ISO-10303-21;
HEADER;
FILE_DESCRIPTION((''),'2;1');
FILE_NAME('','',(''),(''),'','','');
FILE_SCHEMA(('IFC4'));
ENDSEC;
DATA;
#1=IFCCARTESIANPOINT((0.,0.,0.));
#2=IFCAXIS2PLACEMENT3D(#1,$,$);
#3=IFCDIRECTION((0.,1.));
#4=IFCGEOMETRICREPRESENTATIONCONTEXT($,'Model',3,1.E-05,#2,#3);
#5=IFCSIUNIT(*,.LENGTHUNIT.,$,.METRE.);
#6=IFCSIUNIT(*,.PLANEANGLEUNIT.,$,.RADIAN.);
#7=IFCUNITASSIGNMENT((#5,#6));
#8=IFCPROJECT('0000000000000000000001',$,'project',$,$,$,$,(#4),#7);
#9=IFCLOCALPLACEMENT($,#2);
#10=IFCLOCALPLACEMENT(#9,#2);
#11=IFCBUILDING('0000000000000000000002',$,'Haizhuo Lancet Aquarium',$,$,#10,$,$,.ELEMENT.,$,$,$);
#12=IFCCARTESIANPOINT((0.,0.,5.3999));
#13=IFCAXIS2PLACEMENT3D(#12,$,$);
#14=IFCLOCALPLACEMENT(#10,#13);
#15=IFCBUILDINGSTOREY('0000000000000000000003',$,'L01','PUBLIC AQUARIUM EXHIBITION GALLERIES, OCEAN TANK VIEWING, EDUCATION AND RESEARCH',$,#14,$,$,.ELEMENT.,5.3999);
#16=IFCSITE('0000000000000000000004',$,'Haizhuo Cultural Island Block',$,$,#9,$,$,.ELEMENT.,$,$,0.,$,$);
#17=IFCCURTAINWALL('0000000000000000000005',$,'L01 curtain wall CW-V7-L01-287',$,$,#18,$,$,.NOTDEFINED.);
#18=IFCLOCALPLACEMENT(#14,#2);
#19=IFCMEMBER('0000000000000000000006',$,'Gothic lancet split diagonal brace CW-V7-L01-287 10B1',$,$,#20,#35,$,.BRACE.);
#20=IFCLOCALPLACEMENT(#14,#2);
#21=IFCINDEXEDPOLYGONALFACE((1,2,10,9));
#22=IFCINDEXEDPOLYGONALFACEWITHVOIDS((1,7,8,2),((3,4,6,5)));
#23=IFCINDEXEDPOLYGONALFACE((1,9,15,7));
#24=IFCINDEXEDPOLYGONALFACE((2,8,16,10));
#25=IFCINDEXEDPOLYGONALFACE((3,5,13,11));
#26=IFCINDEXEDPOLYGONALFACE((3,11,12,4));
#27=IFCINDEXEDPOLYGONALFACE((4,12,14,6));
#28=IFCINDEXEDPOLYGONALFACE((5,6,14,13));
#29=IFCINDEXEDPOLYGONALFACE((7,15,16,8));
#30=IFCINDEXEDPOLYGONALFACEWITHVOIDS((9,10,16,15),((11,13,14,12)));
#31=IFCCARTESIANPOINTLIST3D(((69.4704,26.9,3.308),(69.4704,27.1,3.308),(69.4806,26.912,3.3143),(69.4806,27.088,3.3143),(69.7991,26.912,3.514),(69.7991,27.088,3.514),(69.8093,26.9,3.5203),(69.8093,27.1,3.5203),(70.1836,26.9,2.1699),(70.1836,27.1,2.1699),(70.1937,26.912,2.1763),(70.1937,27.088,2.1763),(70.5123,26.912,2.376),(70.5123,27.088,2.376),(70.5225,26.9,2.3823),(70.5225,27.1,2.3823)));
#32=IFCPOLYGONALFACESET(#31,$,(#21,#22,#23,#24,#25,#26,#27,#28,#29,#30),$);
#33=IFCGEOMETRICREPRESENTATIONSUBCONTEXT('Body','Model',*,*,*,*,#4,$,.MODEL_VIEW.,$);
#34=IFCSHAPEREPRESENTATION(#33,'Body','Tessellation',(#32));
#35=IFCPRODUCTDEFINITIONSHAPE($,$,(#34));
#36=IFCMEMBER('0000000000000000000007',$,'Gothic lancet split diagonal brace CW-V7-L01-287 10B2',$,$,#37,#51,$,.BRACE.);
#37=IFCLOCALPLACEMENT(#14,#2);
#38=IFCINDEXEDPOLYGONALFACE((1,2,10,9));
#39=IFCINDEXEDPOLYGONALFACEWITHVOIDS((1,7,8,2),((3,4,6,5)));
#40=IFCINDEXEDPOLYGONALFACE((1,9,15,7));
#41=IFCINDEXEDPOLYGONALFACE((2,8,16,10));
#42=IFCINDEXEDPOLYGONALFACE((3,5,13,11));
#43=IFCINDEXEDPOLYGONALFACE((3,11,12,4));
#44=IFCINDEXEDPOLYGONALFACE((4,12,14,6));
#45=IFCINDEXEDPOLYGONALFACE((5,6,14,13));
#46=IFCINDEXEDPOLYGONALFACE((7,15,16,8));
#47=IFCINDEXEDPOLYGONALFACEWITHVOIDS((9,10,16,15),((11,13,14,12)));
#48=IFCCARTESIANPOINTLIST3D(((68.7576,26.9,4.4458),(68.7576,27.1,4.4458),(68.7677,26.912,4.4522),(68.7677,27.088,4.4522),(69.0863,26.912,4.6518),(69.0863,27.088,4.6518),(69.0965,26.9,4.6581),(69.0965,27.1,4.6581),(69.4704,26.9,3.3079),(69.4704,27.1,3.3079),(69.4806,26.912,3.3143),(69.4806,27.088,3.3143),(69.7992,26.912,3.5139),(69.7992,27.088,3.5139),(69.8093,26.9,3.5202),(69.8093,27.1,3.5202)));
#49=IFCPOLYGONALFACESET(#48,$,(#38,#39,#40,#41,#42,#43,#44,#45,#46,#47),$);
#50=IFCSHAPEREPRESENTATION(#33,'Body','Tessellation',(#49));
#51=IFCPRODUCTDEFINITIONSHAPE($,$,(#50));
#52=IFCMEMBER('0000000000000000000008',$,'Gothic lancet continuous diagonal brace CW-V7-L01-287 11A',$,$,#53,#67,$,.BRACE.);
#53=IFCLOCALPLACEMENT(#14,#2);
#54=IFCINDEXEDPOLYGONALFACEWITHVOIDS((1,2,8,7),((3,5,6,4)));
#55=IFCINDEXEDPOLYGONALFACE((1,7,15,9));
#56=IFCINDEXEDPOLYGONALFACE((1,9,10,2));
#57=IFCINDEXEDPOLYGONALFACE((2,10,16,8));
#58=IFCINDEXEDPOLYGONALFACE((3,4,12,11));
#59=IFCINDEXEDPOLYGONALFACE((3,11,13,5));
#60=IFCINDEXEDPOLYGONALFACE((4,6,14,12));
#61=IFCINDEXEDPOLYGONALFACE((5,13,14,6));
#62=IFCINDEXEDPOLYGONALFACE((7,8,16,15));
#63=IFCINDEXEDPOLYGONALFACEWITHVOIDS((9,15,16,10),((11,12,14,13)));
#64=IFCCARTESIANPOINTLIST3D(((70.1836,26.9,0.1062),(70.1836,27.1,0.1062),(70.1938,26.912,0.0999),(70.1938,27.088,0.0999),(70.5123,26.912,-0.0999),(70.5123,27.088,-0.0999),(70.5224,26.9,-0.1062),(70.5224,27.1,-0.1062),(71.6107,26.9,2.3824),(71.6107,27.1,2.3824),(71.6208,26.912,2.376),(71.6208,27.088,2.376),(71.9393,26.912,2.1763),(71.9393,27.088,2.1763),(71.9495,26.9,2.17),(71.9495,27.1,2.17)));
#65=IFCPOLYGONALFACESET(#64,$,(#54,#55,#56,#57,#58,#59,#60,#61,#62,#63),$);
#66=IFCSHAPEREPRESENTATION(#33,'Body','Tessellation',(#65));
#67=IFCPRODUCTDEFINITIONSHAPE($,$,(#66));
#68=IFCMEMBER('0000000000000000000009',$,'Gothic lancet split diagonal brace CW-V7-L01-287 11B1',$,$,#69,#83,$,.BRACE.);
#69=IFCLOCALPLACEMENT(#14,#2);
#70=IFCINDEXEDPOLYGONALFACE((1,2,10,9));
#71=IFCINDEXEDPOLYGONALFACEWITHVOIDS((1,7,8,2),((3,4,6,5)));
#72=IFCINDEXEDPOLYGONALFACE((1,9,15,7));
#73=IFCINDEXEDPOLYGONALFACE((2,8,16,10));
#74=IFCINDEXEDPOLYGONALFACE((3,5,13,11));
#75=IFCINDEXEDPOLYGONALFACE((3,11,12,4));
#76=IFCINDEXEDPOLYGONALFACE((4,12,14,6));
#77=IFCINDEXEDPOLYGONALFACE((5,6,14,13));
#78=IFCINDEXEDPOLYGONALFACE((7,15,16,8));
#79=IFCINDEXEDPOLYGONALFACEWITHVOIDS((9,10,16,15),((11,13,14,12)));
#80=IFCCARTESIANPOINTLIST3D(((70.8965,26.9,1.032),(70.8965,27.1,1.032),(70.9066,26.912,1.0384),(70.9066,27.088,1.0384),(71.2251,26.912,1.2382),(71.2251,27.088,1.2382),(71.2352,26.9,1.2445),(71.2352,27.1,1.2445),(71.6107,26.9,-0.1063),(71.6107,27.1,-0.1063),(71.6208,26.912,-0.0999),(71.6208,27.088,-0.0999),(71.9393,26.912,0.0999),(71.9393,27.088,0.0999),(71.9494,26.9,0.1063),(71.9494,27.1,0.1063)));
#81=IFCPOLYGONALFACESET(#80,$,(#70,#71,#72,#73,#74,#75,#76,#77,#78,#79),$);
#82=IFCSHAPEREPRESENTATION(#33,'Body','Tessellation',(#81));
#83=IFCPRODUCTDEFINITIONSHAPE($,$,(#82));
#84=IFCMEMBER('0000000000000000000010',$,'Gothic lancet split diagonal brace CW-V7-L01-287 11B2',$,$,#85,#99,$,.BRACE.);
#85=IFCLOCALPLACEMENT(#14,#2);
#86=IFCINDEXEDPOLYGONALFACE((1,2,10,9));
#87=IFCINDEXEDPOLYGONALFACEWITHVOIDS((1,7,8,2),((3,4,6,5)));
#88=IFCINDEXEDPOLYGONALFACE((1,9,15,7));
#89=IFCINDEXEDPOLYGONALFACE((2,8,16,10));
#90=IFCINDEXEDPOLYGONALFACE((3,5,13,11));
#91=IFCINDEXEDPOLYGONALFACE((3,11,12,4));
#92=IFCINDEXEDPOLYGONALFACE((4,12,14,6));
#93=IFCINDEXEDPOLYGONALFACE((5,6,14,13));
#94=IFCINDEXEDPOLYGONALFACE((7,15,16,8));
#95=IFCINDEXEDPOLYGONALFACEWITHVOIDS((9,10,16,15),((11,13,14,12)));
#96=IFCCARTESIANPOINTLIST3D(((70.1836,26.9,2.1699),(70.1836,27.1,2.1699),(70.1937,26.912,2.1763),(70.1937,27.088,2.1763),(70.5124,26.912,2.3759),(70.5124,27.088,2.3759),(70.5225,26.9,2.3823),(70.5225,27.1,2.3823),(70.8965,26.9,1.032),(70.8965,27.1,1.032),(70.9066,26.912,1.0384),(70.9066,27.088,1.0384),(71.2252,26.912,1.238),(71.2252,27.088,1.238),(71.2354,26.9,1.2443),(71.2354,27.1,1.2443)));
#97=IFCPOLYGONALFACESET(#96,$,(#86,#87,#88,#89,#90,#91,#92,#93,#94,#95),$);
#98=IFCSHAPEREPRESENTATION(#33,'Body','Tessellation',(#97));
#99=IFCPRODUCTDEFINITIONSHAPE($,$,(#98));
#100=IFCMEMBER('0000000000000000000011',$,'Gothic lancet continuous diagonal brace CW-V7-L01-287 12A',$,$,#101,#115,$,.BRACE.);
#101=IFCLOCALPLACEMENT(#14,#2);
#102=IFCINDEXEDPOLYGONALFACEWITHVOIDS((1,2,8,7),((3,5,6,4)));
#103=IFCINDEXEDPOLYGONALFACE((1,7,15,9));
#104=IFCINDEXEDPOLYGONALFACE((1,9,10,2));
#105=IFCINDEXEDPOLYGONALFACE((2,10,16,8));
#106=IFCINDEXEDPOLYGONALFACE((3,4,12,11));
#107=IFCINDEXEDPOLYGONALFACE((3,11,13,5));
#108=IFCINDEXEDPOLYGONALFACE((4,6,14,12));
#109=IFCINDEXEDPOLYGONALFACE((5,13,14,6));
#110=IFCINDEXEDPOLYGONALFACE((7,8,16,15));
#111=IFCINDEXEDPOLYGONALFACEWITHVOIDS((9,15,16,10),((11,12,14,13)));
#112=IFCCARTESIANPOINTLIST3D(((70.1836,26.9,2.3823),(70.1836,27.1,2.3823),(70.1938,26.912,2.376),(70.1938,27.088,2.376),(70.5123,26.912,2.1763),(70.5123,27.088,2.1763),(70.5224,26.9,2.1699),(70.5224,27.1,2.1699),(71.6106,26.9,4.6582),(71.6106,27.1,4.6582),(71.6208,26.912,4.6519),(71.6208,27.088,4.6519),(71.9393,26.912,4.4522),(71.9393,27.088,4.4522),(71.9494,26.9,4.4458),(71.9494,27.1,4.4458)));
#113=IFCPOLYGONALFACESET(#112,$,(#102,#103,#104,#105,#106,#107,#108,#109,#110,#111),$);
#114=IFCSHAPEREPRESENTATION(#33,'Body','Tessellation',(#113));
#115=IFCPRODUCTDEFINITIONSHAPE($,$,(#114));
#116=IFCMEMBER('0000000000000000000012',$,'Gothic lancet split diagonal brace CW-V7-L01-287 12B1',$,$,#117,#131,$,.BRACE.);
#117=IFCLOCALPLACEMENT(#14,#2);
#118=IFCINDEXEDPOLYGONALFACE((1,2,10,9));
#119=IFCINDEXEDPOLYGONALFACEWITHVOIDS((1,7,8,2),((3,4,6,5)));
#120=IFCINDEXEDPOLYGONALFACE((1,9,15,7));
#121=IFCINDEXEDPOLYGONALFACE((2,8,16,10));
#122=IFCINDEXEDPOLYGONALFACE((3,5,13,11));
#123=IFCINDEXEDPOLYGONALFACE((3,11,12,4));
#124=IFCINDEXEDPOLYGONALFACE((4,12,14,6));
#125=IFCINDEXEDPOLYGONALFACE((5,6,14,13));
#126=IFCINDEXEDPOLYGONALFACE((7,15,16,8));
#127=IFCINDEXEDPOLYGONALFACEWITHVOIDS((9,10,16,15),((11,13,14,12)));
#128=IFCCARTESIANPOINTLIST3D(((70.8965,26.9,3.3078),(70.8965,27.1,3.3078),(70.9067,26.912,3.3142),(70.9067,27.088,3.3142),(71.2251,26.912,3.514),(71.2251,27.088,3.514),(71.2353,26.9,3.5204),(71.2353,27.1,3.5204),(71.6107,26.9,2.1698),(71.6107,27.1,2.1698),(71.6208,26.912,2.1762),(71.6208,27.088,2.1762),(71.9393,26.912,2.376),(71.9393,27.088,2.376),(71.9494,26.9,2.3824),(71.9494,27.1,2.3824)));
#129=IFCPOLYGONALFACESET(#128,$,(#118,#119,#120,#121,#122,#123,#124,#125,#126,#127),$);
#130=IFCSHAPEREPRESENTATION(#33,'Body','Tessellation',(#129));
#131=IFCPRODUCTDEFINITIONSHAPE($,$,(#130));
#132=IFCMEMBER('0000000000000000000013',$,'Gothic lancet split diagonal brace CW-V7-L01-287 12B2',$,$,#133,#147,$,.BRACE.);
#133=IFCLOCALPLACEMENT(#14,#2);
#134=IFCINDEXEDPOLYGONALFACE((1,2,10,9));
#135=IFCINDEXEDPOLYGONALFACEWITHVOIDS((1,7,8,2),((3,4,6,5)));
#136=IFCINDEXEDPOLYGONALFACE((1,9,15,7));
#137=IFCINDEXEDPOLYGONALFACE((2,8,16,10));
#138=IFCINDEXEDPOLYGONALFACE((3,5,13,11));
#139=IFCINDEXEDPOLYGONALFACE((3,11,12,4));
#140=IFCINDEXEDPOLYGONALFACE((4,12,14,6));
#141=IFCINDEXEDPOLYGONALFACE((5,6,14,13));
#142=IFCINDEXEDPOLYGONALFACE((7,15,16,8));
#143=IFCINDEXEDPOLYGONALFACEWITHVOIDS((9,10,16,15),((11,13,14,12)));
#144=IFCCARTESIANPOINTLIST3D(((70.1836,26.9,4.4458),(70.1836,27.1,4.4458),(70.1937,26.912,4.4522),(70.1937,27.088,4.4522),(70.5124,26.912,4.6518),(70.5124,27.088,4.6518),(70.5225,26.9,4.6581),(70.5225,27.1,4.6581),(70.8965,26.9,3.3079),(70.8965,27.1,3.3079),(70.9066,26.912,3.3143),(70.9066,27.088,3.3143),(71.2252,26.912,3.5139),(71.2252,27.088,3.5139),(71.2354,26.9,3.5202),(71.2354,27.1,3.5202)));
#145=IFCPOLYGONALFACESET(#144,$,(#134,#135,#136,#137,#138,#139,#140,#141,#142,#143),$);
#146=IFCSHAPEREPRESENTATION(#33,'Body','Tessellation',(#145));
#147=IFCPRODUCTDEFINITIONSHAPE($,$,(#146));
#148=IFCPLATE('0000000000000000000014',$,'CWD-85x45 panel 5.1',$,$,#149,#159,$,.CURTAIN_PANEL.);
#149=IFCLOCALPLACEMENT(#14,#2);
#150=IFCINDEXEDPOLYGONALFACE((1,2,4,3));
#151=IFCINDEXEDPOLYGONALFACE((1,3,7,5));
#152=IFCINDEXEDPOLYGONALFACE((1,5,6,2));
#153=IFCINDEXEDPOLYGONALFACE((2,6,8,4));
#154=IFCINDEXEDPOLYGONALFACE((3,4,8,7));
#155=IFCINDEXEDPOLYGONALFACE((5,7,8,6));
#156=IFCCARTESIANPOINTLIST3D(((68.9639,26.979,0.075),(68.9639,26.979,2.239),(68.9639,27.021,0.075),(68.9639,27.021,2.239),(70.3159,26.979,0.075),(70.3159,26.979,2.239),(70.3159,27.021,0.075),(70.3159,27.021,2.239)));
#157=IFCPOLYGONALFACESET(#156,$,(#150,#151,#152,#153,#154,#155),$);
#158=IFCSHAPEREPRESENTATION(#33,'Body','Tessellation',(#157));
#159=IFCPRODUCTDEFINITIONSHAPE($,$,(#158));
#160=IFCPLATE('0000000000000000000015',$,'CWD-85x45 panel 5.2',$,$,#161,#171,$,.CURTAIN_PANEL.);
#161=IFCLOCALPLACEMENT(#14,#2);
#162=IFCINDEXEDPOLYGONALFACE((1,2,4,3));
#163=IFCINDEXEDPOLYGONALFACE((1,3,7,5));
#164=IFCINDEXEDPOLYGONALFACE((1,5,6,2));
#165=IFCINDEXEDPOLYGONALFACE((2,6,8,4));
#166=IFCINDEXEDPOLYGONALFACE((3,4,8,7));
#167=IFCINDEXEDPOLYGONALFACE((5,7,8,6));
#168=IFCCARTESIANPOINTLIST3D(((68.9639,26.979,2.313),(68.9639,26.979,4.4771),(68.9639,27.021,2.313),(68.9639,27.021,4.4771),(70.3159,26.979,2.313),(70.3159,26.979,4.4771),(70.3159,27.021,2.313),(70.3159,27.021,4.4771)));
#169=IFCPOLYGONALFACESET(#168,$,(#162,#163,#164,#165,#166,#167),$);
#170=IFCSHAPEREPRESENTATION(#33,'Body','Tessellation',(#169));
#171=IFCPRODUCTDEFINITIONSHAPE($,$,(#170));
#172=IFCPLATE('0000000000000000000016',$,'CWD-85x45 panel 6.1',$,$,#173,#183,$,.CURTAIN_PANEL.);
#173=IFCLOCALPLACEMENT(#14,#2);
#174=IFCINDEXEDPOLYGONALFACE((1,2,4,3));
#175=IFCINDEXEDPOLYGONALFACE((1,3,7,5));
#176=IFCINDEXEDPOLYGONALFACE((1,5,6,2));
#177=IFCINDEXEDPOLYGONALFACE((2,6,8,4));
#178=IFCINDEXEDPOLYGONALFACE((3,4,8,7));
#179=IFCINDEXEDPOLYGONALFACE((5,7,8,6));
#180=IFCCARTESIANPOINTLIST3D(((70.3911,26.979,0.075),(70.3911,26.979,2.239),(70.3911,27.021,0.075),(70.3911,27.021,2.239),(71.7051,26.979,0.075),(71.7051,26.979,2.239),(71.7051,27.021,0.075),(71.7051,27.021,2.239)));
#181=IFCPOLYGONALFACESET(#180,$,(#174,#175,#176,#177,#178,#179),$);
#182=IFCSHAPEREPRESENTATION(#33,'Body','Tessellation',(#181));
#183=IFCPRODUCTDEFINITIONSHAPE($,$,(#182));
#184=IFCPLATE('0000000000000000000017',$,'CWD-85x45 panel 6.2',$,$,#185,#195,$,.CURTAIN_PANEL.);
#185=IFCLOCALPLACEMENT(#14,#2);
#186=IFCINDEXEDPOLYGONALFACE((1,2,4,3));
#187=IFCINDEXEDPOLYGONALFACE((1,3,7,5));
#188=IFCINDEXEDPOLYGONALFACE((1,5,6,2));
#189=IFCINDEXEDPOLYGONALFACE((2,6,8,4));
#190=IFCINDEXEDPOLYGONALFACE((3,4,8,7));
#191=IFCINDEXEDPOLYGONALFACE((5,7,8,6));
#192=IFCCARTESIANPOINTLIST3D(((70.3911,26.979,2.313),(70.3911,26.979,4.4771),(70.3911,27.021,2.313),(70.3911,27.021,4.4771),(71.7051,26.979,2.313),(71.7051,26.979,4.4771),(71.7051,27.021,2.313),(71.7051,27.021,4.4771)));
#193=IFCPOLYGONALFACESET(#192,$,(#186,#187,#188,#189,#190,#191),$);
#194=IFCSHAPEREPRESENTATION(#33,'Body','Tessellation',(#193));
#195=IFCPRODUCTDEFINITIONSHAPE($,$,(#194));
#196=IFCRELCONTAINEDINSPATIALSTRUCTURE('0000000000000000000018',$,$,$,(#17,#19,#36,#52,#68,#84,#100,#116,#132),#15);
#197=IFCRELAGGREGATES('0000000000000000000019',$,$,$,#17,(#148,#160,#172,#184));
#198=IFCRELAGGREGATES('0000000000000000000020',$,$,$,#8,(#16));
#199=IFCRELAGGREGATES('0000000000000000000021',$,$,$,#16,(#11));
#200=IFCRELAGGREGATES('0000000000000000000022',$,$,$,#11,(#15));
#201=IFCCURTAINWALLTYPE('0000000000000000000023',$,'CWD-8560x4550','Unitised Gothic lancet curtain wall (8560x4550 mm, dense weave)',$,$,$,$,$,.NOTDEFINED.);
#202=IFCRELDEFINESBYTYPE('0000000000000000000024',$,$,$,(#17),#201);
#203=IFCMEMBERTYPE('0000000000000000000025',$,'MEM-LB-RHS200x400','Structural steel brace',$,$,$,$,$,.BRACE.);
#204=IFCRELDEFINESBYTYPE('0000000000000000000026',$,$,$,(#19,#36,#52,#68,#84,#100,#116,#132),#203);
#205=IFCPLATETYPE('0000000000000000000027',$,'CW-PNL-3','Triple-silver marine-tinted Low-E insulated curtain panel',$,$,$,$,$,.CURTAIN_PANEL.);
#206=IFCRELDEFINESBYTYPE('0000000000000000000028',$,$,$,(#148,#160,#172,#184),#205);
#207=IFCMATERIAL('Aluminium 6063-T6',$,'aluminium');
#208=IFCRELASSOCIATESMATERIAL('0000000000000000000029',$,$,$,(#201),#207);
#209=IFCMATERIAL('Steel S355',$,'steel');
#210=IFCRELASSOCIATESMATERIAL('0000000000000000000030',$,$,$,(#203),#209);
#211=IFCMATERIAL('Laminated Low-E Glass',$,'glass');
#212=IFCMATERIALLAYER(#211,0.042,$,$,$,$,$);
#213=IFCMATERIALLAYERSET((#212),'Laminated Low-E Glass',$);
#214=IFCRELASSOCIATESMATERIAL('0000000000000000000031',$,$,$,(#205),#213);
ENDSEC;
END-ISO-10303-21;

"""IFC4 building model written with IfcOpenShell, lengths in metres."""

from ifc_helpers import new_model, si_unit, direction, frame, origin, origin_2d, place, context, subcontext, project, spatial, rectangle, hollow_rectangle, extrude, material, layer, layer_set, material_profile, profile_set, type_object, element, aggregate, save


model = new_model("IFC4")

# Units and contexts
model_context = context("Model", 3, precision=1e-05, world=origin(), true_north=direction((0.0, 1.0)))
body_context = subcontext(model_context, "Body", "Model", "MODEL_VIEW")
ifc_project = project(units=[si_unit("LENGTHUNIT", "METRE"), si_unit("PLANEANGLEUNIT", "RADIAN")], contexts=[model_context])

# Site, building, storey
site_placement = place(None, origin())
site = spatial("IfcSite", under=ifc_project, at=site_placement, Name="Haizhuo Cultural Island Block", CompositionType="ELEMENT", RefElevation=0.0)
building_placement = place(site_placement, origin())
building = spatial("IfcBuilding", under=site, at=building_placement, Name="Haizhuo Lancet Aquarium", CompositionType="ELEMENT")
storey_placement = place(building_placement, frame((0.0, 0.0, 5.3999)))
storey = spatial("IfcBuildingStorey", under=building, at=storey_placement, Name="L01", Description="PUBLIC AQUARIUM EXHIBITION GALLERIES, OCEAN TANK VIEWING, EDUCATION AND RESEARCH", CompositionType="ELEMENT", Elevation=5.3999)

# Shared definitions
ifc_material_1 = material(Name="Steel S355", Category="steel")

# Curtain wall
ifc_material_2 = material(Name="Aluminium 6063-T6", Category="aluminium")
curtain_wall_type = type_object("IfcCurtainWallType", Name="CWD-8560x4550", Description="Unitised Gothic lancet curtain wall (8560x4550 mm, dense weave)", PredefinedType="NOTDEFINED", material=ifc_material_2)
curtain_wall_placement = place(storey_placement, origin())
curtain_wall = element("IfcCurtainWall", 1, at=curtain_wall_placement, inside=storey, type_object=curtain_wall_type, Name="L01 curtain wall CW-V7-L01-287", PredefinedType="NOTDEFINED")

# Members
ifc_material_profile_1 = material_profile(ifc_material_1, hollow_rectangle(XDim=0.2, YDim=0.3999, WallThickness=0.012, at=origin_2d()), Name="RHS 200x400x12")
ifc_profile_set_1 = profile_set([ifc_material_profile_1], Name="Steel S355")
member_type_1 = type_object("IfcMemberType", Name="MEM-LB-RHS200x400", Description="Structural steel brace", PredefinedType="BRACE", material=ifc_profile_set_1)
member_1_placement = place(storey_placement, frame((70.353, 27.0, 2.2761), z_axis=(-0.531028, 0.0, 0.847354), x_axis=(0.0, -1.0, 0.0)))
element("IfcMember", 2, at=member_1_placement, inside=storey, type_object=member_type_1, Name="Gothic lancet split diagonal brace CW-V7-L01-287 10B1", PredefinedType="BRACE", context=body_context, shape_type="SweptSolid", body=[
    extrude(hollow_rectangle(XDim=0.2, YDim=0.3999, WallThickness=0.012, at=origin_2d()), origin(), (0.0, 0.0, 1.0), 1.343),
])
member_2_placement = place(storey_placement, frame((69.6399, 27.0, 3.4141), z_axis=(-0.530897, 0.0, 0.847436), x_axis=(0.0, -1.0, 0.0)))
element("IfcMember", 3, at=member_2_placement, inside=storey, type_object=member_type_1, Name="Gothic lancet split diagonal brace CW-V7-L01-287 10B2", PredefinedType="BRACE", context=body_context, shape_type="SweptSolid", body=[
    extrude(hollow_rectangle(XDim=0.2, YDim=0.3999, WallThickness=0.012, at=origin_2d()), origin(), (0.0, 0.0, 1.0), 1.3428),
])
member_3_placement = place(storey_placement, frame((70.353, 27.0, 0.0), z_axis=(0.531183, 0.0, 0.847257), x_axis=(0.0, 1.0, 0.0)))
element("IfcMember", 4, at=member_3_placement, inside=storey, type_object=member_type_1, Name="Gothic lancet continuous diagonal brace CW-V7-L01-287 11A", PredefinedType="BRACE", context=body_context, shape_type="SweptSolid", body=[
    extrude(hollow_rectangle(XDim=0.2, YDim=0.3999, WallThickness=0.012, at=origin_2d()), origin(), (0.0, 0.0, 1.0), 2.6865),
])
member_4_placement = place(storey_placement, frame((71.78, 27.0, 0.0), z_axis=(-0.531468, 0.0, 0.847078), x_axis=(0.0, -1.0, 0.0)))
element("IfcMember", 5, at=member_4_placement, inside=storey, type_object=member_type_1, Name="Gothic lancet split diagonal brace CW-V7-L01-287 11B1", PredefinedType="BRACE", context=body_context, shape_type="SweptSolid", body=[
    extrude(hollow_rectangle(XDim=0.2, YDim=0.3999, WallThickness=0.012, at=origin_2d()), origin(), (0.0, 0.0, 1.0), 1.3438),
])
member_5_placement = place(storey_placement, frame((71.0659, 27.0, 1.1382), z_axis=(-0.530897, 0.0, 0.847436), x_axis=(0.0, -1.0, 0.0)))
element("IfcMember", 6, at=member_5_placement, inside=storey, type_object=member_type_1, Name="Gothic lancet split diagonal brace CW-V7-L01-287 11B2", PredefinedType="BRACE", context=body_context, shape_type="SweptSolid", body=[
    extrude(hollow_rectangle(XDim=0.2, YDim=0.3999, WallThickness=0.012, at=origin_2d()), origin(), (0.0, 0.0, 1.0), 1.3428),
])
member_6_placement = place(storey_placement, frame((70.353, 27.0, 2.2761), z_axis=(0.531224, 0.0, 0.847232), x_axis=(0.0, 1.0, 0.0)))
element("IfcMember", 7, at=member_6_placement, inside=storey, type_object=member_type_1, Name="Gothic lancet continuous diagonal brace CW-V7-L01-287 12A", PredefinedType="BRACE", context=body_context, shape_type="SweptSolid", body=[
    extrude(hollow_rectangle(XDim=0.2, YDim=0.3999, WallThickness=0.012, at=origin_2d()), origin(), (0.0, 0.0, 1.0), 2.6863),
])
member_7_placement = place(storey_placement, frame((71.78, 27.0, 2.2761), z_axis=(-0.53155, 0.0, 0.847027), x_axis=(0.0, -1.0, 0.0)))
element("IfcMember", 8, at=member_7_placement, inside=storey, type_object=member_type_1, Name="Gothic lancet split diagonal brace CW-V7-L01-287 12B1", PredefinedType="BRACE", context=body_context, shape_type="SweptSolid", body=[
    extrude(hollow_rectangle(XDim=0.2, YDim=0.3999, WallThickness=0.012, at=origin_2d()), origin(), (0.0, 0.0, 1.0), 1.3435),
])
member_8_placement = place(storey_placement, frame((71.0659, 27.0, 3.4141), z_axis=(-0.530897, 0.0, 0.847436), x_axis=(0.0, -1.0, 0.0)))
element("IfcMember", 9, at=member_8_placement, inside=storey, type_object=member_type_1, Name="Gothic lancet split diagonal brace CW-V7-L01-287 12B2", PredefinedType="BRACE", context=body_context, shape_type="SweptSolid", body=[
    extrude(hollow_rectangle(XDim=0.2, YDim=0.3999, WallThickness=0.012, at=origin_2d()), origin(), (0.0, 0.0, 1.0), 1.3428),
])

# Plates
ifc_material_3 = material(Name="Laminated Low-E Glass", Category="glass")
ifc_layer = layer(ifc_material_3, 0.042)
ifc_layer_set = layer_set([ifc_layer], Name="Laminated Low-E Glass")
plate_type = type_object("IfcPlateType", Name="CW-PNL-3", Description="Triple-silver marine-tinted Low-E insulated curtain panel", PredefinedType="CURTAIN_PANEL", material=ifc_layer_set)
plate_1_placement = place(storey_placement, frame((69.6399, 27.0, 0.075), z_axis=(0.0, 0.0, 1.0), x_axis=(1.0, 0.0, 0.0)))
plate_1 = element("IfcPlate", 10, at=plate_1_placement, type_object=plate_type, Name="CWD-85x45 panel 5.1", PredefinedType="CURTAIN_PANEL", context=body_context, shape_type="SweptSolid", body=[
    extrude(rectangle(XDim=1.3521, YDim=0.042, at=origin_2d()), origin(), (0.0, 0.0, 1.0), 2.1641),
])
plate_2_placement = place(storey_placement, frame((69.6399, 27.0, 2.313), z_axis=(0.0, 0.0, 1.0), x_axis=(1.0, 0.0, 0.0)))
plate_2 = element("IfcPlate", 11, at=plate_2_placement, type_object=plate_type, Name="CWD-85x45 panel 5.2", PredefinedType="CURTAIN_PANEL", context=body_context, shape_type="SweptSolid", body=[
    extrude(rectangle(XDim=1.3521, YDim=0.042, at=origin_2d()), origin(), (0.0, 0.0, 1.0), 2.1641),
])
plate_3_placement = place(storey_placement, frame((71.0481, 27.0, 0.075), z_axis=(0.0, 0.0, 1.0), x_axis=(1.0, 0.0, 0.0)))
plate_3 = element("IfcPlate", 12, at=plate_3_placement, type_object=plate_type, Name="CWD-85x45 panel 6.1", PredefinedType="CURTAIN_PANEL", context=body_context, shape_type="SweptSolid", body=[
    extrude(rectangle(XDim=1.314, YDim=0.042, at=origin_2d()), origin(), (0.0, 0.0, 1.0), 2.1641),
])
plate_4_placement = place(storey_placement, frame((71.0481, 27.0, 2.313), z_axis=(0.0, 0.0, 1.0), x_axis=(1.0, 0.0, 0.0)))
plate_4 = element("IfcPlate", 13, at=plate_4_placement, type_object=plate_type, Name="CWD-85x45 panel 6.2", PredefinedType="CURTAIN_PANEL", context=body_context, shape_type="SweptSolid", body=[
    extrude(rectangle(XDim=1.314, YDim=0.042, at=origin_2d()), origin(), (0.0, 0.0, 1.0), 2.1641),
])
aggregate(curtain_wall, [plate_1, plate_2, plate_3, plate_4])

save(model, "model.ifc")
